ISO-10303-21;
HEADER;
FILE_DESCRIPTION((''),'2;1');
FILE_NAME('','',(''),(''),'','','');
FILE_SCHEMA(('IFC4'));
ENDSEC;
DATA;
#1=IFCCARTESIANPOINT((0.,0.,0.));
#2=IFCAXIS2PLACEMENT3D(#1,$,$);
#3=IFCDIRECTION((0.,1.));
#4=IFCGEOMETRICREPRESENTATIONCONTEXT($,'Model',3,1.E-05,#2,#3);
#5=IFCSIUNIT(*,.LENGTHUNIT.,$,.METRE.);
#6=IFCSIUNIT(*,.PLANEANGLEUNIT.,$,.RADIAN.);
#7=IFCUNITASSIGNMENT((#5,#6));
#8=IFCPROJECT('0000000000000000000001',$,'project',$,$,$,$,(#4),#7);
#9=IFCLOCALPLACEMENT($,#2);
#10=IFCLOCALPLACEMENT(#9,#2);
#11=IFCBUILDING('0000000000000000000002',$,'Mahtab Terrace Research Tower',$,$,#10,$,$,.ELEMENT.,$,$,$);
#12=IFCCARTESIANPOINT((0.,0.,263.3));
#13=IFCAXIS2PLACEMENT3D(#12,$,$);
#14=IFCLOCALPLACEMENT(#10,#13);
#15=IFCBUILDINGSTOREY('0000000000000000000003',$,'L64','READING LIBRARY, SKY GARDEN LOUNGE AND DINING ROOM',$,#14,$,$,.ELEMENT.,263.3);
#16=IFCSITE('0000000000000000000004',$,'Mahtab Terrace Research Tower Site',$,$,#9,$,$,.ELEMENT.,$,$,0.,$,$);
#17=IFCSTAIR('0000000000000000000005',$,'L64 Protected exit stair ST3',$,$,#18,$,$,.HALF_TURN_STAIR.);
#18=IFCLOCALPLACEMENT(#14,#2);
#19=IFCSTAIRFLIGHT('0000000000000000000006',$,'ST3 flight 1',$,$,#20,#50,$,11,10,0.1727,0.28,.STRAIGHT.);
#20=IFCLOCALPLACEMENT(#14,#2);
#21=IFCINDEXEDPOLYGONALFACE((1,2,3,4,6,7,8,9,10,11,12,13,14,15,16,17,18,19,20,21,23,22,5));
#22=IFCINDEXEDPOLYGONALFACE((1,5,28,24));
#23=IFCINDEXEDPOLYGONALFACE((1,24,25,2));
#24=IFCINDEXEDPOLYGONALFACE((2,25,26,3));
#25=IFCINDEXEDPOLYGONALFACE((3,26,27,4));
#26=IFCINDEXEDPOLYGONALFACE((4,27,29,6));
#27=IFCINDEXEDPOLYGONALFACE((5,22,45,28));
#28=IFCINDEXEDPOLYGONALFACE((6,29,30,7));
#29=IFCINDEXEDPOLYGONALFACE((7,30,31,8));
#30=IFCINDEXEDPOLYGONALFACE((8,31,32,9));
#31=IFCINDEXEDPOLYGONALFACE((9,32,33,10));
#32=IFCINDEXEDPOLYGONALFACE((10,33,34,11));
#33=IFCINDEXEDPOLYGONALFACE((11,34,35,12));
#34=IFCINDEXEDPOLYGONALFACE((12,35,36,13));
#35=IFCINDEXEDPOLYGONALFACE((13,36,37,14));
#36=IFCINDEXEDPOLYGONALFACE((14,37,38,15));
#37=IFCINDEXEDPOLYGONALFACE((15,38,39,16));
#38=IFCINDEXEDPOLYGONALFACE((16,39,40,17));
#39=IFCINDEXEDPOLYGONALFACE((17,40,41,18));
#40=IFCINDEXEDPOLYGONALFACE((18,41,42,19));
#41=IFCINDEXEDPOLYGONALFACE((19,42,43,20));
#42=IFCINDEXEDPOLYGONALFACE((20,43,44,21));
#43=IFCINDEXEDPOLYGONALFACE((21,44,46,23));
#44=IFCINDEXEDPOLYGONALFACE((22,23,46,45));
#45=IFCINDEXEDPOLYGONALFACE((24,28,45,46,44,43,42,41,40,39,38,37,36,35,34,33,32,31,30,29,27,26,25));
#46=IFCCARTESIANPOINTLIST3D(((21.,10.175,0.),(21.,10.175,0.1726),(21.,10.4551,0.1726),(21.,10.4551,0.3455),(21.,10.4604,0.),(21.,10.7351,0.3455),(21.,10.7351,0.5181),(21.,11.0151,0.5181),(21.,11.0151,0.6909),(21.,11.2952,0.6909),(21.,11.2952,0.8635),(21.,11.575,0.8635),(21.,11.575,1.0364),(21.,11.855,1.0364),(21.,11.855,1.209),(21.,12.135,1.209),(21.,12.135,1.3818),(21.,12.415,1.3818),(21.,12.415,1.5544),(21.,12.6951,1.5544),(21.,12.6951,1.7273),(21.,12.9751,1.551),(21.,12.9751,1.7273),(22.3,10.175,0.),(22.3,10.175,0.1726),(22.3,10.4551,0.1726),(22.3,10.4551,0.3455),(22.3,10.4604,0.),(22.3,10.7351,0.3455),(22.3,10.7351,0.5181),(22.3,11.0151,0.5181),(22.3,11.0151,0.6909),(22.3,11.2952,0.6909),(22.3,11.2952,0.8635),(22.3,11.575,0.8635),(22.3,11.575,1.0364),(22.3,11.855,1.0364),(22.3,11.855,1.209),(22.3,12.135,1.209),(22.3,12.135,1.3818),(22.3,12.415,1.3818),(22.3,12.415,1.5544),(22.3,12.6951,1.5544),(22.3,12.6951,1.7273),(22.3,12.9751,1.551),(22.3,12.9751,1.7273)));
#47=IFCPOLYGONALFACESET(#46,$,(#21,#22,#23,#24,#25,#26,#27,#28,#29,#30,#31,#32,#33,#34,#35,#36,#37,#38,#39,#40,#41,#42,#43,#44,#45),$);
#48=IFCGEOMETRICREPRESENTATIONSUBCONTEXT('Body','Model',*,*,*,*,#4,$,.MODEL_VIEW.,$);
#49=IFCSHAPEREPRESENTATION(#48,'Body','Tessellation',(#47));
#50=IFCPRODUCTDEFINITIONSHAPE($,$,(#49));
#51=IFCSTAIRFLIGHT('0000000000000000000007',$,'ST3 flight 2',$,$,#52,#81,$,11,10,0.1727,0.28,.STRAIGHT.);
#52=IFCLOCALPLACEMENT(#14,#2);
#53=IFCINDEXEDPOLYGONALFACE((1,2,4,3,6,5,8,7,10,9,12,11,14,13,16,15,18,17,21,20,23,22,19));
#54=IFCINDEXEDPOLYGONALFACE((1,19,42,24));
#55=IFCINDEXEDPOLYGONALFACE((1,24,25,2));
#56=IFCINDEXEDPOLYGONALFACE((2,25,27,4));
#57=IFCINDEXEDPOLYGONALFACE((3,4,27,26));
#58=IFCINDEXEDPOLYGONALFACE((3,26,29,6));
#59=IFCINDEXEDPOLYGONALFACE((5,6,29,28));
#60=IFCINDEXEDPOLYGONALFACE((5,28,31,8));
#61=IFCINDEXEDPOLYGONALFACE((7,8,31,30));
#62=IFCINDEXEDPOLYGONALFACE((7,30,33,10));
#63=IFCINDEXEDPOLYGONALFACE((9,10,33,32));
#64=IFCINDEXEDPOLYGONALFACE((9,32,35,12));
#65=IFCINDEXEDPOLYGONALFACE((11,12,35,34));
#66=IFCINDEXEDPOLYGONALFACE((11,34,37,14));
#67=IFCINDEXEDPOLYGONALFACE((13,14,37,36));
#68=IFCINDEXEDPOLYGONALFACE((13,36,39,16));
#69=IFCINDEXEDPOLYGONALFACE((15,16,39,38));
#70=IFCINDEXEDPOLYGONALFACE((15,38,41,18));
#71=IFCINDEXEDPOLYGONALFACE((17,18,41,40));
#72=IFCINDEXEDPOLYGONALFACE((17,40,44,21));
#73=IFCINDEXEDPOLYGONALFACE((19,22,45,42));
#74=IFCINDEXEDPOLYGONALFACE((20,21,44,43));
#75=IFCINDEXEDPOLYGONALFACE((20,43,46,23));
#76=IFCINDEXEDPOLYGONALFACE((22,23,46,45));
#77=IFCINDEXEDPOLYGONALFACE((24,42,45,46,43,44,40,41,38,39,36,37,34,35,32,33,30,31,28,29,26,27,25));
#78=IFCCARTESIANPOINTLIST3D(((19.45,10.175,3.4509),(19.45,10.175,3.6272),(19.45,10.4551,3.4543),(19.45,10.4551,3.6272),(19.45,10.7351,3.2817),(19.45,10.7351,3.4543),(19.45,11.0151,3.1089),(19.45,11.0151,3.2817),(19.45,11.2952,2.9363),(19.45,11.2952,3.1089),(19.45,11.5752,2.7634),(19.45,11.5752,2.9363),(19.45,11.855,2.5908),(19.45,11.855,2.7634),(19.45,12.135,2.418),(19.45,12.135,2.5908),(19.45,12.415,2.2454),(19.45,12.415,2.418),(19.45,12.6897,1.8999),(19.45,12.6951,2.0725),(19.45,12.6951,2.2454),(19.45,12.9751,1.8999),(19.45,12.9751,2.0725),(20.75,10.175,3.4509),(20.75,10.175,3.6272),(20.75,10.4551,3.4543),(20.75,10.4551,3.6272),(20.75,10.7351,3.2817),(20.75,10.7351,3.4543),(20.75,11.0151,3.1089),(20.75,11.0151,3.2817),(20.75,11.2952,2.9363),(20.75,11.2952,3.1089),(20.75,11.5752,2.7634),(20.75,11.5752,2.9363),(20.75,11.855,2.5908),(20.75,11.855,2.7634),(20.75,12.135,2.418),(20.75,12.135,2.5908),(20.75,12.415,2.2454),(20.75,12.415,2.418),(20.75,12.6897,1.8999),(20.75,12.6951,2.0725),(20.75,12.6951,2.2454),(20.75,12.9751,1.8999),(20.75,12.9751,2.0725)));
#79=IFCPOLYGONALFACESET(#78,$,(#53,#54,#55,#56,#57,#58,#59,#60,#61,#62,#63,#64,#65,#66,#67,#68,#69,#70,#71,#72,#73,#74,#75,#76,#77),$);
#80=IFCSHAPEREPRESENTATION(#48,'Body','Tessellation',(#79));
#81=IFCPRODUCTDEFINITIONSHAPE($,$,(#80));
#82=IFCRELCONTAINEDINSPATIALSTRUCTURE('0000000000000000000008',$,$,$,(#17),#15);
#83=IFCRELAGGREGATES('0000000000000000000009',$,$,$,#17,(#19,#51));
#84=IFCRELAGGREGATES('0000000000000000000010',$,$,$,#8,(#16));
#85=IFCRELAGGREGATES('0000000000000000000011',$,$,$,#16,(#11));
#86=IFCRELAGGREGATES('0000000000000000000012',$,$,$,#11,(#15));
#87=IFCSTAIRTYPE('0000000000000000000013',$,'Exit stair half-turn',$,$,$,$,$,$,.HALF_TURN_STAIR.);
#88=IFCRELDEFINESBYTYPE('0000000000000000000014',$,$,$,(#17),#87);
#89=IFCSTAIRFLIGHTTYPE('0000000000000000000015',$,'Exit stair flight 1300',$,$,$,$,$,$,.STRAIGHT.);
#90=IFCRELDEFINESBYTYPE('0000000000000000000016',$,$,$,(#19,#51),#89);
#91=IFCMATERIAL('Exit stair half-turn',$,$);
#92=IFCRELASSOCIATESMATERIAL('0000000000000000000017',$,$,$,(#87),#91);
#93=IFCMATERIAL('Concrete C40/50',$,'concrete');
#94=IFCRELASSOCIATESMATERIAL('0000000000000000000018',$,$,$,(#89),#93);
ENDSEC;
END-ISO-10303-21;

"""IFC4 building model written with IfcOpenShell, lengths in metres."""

from ifc_helpers import new_model, si_unit, direction, frame, origin, place, context, subcontext, project, spatial, polyline, outline, extrude, material, type_object, element, aggregate, save


model = new_model("IFC4")

# Units and contexts
model_context = context("Model", 3, precision=1e-05, world=origin(), true_north=direction((0.0, 1.0)))
body_context = subcontext(model_context, "Body", "Model", "MODEL_VIEW")
ifc_project = project(units=[si_unit("LENGTHUNIT", "METRE"), si_unit("PLANEANGLEUNIT", "RADIAN")], contexts=[model_context])

# Site, building, storey
site_placement = place(None, origin())
site = spatial("IfcSite", under=ifc_project, at=site_placement, Name="Mahtab Terrace Research Tower Site", CompositionType="ELEMENT", RefElevation=0.0)
building_placement = place(site_placement, origin())
building = spatial("IfcBuilding", under=site, at=building_placement, Name="Mahtab Terrace Research Tower", CompositionType="ELEMENT")
storey_placement = place(building_placement, frame((0.0, 0.0, 263.3)))
storey = spatial("IfcBuildingStorey", under=building, at=storey_placement, Name="L64", Description="READING LIBRARY, SKY GARDEN LOUNGE AND DINING ROOM", CompositionType="ELEMENT", Elevation=263.3)

# Stair, stair flights
ifc_material_1 = material(Name="Exit stair half-turn")
stair_type = type_object("IfcStairType", Name="Exit stair half-turn", PredefinedType="HALF_TURN_STAIR", material=ifc_material_1)
stair_placement = place(storey_placement, origin())
stair = element("IfcStair", 1, at=stair_placement, inside=storey, type_object=stair_type, Name="L64 Protected exit stair ST3", PredefinedType="HALF_TURN_STAIR")
ifc_material_2 = material(Name="Concrete C40/50", Category="concrete")
stair_flight_type = type_object("IfcStairFlightType", Name="Exit stair flight 1300", PredefinedType="STRAIGHT", material=ifc_material_2)
stair_flight_1_placement = place(storey_placement, frame((21.6499, 10.175, 0.0), z_axis=(0.0, 0.0, 1.0), x_axis=(0.0, 1.0, 0.0)))
stair_flight_1 = element("IfcStairFlight", 2, at=stair_flight_1_placement, type_object=stair_flight_type, Name="ST3 flight 1", NumberOfRisers=11, NumberOfTreads=10, PredefinedType="STRAIGHT", RiserHeight=0.1727, TreadLength=0.28, context=body_context, shape_type="SweptSolid", body=[
    extrude(outline(polyline([(0.0, 0.0), (0.0, 0.1726), (0.28, 0.1726), (0.28, 0.3455), (0.5601, 0.3455), (0.5601, 0.5181), (0.8401, 0.5181), (0.8401, 0.6909), (1.1201, 0.6909), (1.1201, 0.8635), (1.3999, 0.8635), (1.3999, 1.0364), (1.6799, 1.0364), (1.6799, 1.209), (1.96, 1.209), (1.96, 1.3818), (2.24, 1.3818), (2.24, 1.5544), (2.52, 1.5544), (2.52, 1.7273), (2.8, 1.7273), (2.8, 1.8999), (2.8, 1.551), (0.2854, 0.0), (0.0, 0.0)])), frame((0.0, 0.6499, 0.0), z_axis=(0.0, -1.0, 0.0), x_axis=(1.0, 0.0, 0.0)), (0.0, 0.0, 1.0), 1.3),
])
stair_flight_2_placement = place(storey_placement, frame((20.1001, 12.9751, 1.8999), z_axis=(0.0, 0.0, 1.0), x_axis=(0.0, -1.0, 0.0)))
stair_flight_2 = element("IfcStairFlight", 3, at=stair_flight_2_placement, type_object=stair_flight_type, Name="ST3 flight 2", NumberOfRisers=11, NumberOfTreads=10, PredefinedType="STRAIGHT", RiserHeight=0.1727, TreadLength=0.28, context=body_context, shape_type="SweptSolid", body=[
    extrude(outline(polyline([(0.0, 0.0), (0.0, 0.1726), (0.28, 0.1726), (0.28, 0.3455), (0.5601, 0.3455), (0.5601, 0.5181), (0.8401, 0.5181), (0.8401, 0.6909), (1.1201, 0.6909), (1.1201, 0.8635), (1.3999, 0.8635), (1.3999, 1.0364), (1.6799, 1.0364), (1.6799, 1.209), (1.96, 1.209), (1.96, 1.3818), (2.24, 1.3818), (2.24, 1.5544), (2.52, 1.5544), (2.52, 1.7273), (2.8, 1.7273), (2.8, 1.8999), (2.8, 1.551), (0.2854, 0.0), (0.0, 0.0)])), frame((0.0, 0.6499, 0.0), z_axis=(0.0, -1.0, 0.0), x_axis=(1.0, 0.0, 0.0)), (0.0, 0.0, 1.0), 1.3),
])
aggregate(stair, [stair_flight_1, stair_flight_2])

save(model, "model.ifc")
